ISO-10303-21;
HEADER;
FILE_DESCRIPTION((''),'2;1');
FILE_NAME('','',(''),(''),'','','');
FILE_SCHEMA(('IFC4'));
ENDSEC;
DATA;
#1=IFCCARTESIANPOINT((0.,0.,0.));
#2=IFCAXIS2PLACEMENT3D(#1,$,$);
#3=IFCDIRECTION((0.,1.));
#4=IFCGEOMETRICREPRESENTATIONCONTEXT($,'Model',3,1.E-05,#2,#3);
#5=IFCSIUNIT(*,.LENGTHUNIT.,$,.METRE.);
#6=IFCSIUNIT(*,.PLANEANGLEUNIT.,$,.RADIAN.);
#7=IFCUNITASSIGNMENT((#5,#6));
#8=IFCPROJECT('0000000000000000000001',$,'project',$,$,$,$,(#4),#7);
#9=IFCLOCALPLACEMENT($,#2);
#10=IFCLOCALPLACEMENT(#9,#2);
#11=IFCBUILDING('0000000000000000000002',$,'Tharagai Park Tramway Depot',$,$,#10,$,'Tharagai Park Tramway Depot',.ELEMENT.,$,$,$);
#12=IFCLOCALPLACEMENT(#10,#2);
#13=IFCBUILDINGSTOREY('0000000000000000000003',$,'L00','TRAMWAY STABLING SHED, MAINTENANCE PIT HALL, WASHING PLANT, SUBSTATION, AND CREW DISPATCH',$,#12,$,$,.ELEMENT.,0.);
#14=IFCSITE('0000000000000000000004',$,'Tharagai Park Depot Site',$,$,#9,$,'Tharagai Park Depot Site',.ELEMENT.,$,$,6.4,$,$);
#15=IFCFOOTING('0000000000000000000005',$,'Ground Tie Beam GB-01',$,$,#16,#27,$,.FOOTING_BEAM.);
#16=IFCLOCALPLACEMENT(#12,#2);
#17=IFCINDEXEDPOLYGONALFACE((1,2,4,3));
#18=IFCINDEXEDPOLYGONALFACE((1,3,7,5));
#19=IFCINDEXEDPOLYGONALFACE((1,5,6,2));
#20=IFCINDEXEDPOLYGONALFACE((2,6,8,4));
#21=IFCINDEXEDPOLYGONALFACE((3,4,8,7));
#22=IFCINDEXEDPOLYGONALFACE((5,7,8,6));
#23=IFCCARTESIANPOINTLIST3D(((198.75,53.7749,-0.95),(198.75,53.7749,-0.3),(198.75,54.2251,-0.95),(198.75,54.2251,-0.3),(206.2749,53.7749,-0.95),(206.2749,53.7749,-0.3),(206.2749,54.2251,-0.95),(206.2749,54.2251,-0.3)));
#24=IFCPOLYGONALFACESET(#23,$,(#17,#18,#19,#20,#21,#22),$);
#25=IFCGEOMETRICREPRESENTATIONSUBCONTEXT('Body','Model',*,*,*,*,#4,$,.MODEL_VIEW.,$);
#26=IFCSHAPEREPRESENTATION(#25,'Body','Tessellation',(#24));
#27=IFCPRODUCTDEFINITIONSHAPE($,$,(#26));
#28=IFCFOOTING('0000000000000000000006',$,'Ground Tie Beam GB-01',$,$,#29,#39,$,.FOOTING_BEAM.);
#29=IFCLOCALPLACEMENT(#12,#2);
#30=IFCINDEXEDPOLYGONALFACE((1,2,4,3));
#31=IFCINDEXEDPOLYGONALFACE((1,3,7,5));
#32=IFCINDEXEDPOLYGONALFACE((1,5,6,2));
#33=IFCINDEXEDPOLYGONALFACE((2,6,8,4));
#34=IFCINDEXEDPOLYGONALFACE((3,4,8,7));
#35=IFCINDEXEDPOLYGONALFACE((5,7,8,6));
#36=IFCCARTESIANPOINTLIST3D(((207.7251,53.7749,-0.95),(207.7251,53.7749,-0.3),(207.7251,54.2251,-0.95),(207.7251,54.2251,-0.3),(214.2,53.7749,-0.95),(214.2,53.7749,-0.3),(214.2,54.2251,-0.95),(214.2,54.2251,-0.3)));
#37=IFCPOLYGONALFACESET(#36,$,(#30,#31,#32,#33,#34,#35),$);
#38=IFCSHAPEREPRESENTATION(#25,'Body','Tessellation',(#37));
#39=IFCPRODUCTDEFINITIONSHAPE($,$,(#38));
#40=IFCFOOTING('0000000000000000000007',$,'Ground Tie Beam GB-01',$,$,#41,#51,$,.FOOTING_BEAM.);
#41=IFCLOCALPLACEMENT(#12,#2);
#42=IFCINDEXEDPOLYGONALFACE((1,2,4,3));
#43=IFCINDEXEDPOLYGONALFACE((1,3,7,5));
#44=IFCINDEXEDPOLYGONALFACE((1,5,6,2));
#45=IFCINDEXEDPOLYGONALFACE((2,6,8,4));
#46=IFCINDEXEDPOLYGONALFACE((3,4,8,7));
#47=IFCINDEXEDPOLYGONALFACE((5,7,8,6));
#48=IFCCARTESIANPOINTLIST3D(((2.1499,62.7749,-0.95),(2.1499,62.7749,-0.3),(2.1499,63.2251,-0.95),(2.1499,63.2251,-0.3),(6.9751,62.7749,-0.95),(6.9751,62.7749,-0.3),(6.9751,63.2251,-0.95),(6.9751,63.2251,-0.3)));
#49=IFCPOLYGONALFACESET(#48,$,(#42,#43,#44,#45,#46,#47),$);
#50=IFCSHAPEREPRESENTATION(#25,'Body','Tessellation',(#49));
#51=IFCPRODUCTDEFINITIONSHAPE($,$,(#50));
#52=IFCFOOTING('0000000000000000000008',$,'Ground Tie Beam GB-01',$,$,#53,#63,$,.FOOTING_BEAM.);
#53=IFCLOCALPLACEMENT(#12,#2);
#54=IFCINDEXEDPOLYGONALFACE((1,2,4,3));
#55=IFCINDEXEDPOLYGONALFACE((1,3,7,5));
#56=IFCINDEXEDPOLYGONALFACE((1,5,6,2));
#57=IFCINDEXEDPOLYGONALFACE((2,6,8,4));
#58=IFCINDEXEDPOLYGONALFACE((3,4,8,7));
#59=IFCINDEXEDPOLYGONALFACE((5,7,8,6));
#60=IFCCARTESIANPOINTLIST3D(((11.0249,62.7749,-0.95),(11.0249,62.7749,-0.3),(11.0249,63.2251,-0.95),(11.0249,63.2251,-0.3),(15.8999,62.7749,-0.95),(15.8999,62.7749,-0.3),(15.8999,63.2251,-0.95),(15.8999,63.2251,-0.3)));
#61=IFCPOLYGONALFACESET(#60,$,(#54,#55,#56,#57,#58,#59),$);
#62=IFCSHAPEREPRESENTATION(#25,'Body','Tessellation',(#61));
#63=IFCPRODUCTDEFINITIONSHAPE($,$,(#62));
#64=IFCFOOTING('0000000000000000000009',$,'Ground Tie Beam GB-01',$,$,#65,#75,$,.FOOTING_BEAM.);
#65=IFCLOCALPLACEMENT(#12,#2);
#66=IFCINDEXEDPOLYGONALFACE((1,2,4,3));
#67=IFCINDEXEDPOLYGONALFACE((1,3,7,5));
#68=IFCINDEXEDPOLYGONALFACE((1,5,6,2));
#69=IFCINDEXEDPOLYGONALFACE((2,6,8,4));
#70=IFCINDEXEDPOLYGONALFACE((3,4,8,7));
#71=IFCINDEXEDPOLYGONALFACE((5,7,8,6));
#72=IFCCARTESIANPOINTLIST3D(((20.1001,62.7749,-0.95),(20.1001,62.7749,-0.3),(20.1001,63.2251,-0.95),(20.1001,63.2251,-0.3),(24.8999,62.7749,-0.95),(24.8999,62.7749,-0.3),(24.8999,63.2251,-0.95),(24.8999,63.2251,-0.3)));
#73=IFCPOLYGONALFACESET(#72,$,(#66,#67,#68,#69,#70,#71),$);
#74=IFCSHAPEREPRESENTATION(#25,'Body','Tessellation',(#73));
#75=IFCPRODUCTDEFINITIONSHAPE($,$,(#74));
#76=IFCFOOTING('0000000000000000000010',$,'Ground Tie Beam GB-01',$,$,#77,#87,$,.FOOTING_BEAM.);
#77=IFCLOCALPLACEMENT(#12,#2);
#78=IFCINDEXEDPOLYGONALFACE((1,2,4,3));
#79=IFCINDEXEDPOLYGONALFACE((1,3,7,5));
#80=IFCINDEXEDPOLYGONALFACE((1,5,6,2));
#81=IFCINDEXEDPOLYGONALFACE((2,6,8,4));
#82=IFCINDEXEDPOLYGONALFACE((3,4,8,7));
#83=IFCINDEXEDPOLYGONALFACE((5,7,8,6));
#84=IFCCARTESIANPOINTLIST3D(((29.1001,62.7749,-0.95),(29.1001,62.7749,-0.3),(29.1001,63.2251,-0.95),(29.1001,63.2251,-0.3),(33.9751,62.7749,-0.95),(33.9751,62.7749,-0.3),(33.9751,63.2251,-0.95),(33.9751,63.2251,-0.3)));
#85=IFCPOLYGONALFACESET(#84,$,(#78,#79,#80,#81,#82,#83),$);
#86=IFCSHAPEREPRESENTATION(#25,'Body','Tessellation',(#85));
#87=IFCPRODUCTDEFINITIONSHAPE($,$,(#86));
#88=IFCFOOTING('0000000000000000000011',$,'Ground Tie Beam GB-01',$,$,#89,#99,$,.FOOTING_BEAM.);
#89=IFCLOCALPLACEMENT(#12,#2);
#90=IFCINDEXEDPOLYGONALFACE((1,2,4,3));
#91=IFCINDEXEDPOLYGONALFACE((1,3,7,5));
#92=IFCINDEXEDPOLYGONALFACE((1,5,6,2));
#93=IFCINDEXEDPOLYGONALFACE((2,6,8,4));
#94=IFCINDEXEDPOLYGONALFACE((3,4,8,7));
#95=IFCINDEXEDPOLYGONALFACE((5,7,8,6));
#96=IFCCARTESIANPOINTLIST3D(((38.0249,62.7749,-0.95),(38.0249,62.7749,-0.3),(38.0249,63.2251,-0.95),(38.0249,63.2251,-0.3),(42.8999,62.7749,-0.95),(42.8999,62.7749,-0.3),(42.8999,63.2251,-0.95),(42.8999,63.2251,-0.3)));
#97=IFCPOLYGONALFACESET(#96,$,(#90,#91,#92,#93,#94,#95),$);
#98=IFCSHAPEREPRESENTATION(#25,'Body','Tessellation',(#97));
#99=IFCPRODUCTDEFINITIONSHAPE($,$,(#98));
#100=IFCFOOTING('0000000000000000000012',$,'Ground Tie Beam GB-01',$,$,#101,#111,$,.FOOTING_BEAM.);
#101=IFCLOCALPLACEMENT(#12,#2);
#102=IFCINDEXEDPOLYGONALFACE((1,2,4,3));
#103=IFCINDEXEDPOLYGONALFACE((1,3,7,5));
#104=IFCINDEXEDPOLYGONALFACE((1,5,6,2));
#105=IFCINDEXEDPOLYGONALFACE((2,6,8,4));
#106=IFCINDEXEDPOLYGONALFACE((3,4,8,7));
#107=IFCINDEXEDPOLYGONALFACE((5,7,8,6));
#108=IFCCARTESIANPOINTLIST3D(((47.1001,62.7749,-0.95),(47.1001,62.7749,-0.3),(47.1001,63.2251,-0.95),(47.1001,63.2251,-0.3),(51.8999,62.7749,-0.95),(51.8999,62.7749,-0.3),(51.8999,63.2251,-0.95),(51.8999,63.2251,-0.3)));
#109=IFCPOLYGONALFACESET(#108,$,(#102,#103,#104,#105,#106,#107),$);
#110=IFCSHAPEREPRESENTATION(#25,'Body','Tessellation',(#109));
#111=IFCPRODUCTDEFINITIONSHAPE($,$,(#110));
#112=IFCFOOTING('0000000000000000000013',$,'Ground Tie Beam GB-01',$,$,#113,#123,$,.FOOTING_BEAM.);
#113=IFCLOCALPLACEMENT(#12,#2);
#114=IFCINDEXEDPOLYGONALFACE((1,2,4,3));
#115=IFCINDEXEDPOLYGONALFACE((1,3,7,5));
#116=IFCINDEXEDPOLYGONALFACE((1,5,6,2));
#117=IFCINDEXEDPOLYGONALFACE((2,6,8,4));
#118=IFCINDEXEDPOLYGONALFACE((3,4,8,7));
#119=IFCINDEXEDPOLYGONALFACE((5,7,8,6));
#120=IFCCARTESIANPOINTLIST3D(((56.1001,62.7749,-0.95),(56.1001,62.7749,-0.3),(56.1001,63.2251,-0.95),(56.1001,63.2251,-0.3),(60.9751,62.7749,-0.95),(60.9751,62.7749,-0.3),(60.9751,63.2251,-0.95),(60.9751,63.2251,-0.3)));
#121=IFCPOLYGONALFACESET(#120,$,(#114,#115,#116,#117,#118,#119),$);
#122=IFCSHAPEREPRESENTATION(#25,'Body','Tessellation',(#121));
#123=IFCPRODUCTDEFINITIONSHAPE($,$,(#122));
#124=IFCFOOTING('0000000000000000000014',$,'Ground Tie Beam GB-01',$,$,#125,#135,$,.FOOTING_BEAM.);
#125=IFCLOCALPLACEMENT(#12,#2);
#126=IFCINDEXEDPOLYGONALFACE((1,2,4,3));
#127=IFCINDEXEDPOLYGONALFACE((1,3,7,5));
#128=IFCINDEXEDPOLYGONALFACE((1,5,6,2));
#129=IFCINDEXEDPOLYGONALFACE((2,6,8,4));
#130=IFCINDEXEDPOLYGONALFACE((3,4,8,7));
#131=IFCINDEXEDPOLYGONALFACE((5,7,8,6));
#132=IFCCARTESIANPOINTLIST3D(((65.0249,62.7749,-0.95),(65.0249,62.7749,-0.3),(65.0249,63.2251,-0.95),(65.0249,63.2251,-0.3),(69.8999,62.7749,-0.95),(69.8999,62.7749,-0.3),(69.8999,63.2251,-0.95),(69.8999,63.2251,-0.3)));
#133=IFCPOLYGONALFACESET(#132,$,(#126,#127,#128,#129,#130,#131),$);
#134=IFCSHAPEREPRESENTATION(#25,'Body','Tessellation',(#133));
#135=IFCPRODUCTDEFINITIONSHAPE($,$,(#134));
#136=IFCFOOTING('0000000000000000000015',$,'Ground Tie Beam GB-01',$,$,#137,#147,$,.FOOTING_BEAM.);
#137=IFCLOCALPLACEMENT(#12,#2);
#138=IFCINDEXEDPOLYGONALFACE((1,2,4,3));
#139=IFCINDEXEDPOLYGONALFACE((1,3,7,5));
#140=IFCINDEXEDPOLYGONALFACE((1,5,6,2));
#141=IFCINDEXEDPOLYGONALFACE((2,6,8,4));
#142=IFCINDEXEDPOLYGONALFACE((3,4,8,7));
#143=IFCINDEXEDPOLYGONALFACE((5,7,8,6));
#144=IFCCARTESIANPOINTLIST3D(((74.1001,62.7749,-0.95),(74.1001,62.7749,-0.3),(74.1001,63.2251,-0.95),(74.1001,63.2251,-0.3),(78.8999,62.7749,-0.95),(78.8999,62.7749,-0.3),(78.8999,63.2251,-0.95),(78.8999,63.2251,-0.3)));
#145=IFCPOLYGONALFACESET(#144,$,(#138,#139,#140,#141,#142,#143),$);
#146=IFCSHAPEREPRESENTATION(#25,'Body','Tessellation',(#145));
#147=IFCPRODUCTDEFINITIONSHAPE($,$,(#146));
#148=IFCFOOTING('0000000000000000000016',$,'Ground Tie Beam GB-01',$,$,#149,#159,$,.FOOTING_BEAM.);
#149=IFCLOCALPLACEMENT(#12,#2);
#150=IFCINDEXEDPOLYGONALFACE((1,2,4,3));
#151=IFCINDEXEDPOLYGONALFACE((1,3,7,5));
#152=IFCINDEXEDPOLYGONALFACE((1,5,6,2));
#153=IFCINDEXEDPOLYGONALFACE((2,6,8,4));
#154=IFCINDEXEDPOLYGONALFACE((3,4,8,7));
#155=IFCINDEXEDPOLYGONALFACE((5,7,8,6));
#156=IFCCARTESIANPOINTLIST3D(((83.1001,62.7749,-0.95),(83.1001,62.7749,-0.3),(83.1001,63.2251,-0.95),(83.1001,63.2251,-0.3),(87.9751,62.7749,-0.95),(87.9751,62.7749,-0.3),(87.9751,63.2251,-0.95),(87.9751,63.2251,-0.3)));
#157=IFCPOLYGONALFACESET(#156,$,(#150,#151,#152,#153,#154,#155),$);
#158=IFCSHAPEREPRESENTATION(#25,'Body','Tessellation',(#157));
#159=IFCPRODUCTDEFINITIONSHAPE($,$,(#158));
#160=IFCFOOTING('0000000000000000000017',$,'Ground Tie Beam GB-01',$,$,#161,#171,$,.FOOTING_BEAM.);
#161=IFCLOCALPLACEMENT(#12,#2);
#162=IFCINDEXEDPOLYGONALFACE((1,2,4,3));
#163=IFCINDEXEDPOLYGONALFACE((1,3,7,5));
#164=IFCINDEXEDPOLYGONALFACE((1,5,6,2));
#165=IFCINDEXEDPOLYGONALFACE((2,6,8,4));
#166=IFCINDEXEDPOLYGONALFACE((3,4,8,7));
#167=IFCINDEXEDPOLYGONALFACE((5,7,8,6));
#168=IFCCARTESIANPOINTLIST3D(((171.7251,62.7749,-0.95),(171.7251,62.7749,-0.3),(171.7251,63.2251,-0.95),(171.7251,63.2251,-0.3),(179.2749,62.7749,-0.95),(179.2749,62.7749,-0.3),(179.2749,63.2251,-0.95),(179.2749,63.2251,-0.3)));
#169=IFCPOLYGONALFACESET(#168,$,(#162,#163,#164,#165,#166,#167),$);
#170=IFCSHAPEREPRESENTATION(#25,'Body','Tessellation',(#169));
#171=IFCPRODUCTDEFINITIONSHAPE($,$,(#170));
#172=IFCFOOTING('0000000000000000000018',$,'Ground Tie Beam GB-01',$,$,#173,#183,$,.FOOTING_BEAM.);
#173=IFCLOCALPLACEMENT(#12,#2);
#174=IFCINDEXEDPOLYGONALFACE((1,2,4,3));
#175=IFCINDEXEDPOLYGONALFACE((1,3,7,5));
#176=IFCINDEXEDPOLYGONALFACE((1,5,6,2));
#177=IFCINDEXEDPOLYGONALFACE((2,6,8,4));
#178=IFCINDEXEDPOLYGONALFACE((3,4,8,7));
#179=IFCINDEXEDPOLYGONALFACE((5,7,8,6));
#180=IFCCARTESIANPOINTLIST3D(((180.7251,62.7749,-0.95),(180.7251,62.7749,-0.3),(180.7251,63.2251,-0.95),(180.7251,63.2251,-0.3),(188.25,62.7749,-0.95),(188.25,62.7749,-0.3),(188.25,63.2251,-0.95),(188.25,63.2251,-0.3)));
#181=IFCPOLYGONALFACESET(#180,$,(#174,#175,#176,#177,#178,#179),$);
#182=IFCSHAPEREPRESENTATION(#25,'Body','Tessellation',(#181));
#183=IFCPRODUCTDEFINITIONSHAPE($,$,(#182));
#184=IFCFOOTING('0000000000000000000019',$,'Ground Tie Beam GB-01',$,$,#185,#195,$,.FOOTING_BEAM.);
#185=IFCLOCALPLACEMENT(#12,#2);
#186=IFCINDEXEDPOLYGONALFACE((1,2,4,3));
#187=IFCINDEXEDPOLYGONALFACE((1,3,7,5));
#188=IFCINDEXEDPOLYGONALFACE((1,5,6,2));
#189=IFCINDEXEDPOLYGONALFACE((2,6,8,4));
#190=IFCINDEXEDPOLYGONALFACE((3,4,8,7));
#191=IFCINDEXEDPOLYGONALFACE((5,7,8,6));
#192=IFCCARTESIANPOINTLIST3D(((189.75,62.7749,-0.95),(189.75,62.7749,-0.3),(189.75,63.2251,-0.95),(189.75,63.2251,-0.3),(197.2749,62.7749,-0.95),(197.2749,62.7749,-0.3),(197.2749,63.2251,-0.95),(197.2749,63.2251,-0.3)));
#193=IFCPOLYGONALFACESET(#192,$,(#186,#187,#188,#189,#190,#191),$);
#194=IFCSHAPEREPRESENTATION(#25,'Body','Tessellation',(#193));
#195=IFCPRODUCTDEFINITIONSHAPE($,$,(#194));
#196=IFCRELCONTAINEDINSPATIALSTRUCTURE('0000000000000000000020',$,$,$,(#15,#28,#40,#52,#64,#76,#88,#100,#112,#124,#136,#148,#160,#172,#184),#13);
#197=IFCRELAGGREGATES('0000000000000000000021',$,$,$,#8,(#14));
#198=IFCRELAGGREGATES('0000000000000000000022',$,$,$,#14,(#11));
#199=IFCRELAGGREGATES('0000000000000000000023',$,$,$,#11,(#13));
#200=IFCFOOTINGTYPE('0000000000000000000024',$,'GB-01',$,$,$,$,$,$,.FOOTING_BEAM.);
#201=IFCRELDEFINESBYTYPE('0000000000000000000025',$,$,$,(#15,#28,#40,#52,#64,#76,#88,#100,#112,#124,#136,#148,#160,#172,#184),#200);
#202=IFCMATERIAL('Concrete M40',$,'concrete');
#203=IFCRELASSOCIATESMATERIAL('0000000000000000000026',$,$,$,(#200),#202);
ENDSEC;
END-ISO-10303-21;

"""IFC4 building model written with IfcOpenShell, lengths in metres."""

from ifc_helpers import new_model, si_unit, direction, frame, origin, place, context, subcontext, project, spatial, polyline, outline, extrude, material, type_object, element, save


model = new_model("IFC4")

# Units and contexts
model_context = context("Model", 3, precision=1e-05, world=origin(), true_north=direction((0.0, 1.0)))
body_context = subcontext(model_context, "Body", "Model", "MODEL_VIEW")
ifc_project = project(units=[si_unit("LENGTHUNIT", "METRE"), si_unit("PLANEANGLEUNIT", "RADIAN")], contexts=[model_context])

# Site, building, storey
site_placement = place(None, origin())
site = spatial("IfcSite", under=ifc_project, at=site_placement, Name="Tharagai Park Depot Site", LongName="Tharagai Park Depot Site", CompositionType="ELEMENT", RefElevation=6.4)
building_placement = place(site_placement, origin())
building = spatial("IfcBuilding", under=site, at=building_placement, Name="Tharagai Park Tramway Depot", LongName="Tharagai Park Tramway Depot", CompositionType="ELEMENT")
storey_placement = place(building_placement, origin())
storey = spatial("IfcBuildingStorey", under=building, at=storey_placement, Name="L00", Description="TRAMWAY STABLING SHED, MAINTENANCE PIT HALL, WASHING PLANT, SUBSTATION, AND CREW DISPATCH", CompositionType="ELEMENT", Elevation=0.0)

# Footings
ifc_material = material(Name="Concrete M40", Category="concrete")
footing_type = type_object("IfcFootingType", Name="GB-01", PredefinedType="FOOTING_BEAM", material=ifc_material)
footing_1_placement = place(storey_placement, frame((0.0, 0.0, -0.95)))
element("IfcFooting", 1, at=footing_1_placement, inside=storey, type_object=footing_type, Name="Ground Tie Beam GB-01", PredefinedType="FOOTING_BEAM", context=body_context, shape_type="SweptSolid", body=[
    extrude(outline(polyline([(198.75, 53.7749), (206.2749, 53.7749), (206.2749, 54.2251), (198.75, 54.2251), (198.75, 53.7749)])), origin(), (0.0, 0.0, 1.0), 0.6499),
])
footing_2_placement = place(storey_placement, frame((0.0, 0.0, -0.95)))
element("IfcFooting", 2, at=footing_2_placement, inside=storey, type_object=footing_type, Name="Ground Tie Beam GB-01", PredefinedType="FOOTING_BEAM", context=body_context, shape_type="SweptSolid", body=[
    extrude(outline(polyline([(207.7251, 53.7749), (214.2, 53.7749), (214.2, 54.2251), (207.7251, 54.2251), (207.7251, 53.7749)])), origin(), (0.0, 0.0, 1.0), 0.6499),
])
footing_3_placement = place(storey_placement, frame((0.0, 0.0, -0.95)))
element("IfcFooting", 3, at=footing_3_placement, inside=storey, type_object=footing_type, Name="Ground Tie Beam GB-01", PredefinedType="FOOTING_BEAM", context=body_context, shape_type="SweptSolid", body=[
    extrude(outline(polyline([(2.1499, 62.7749), (6.9751, 62.7749), (6.9751, 63.2251), (2.1499, 63.2251), (2.1499, 62.7749)])), origin(), (0.0, 0.0, 1.0), 0.6499),
])
footing_4_placement = place(storey_placement, frame((0.0, 0.0, -0.95)))
element("IfcFooting", 4, at=footing_4_placement, inside=storey, type_object=footing_type, Name="Ground Tie Beam GB-01", PredefinedType="FOOTING_BEAM", context=body_context, shape_type="SweptSolid", body=[
    extrude(outline(polyline([(11.0249, 62.7749), (15.8999, 62.7749), (15.8999, 63.2251), (11.0249, 63.2251), (11.0249, 62.7749)])), origin(), (0.0, 0.0, 1.0), 0.6499),
])
footing_5_placement = place(storey_placement, frame((0.0, 0.0, -0.95)))
element("IfcFooting", 5, at=footing_5_placement, inside=storey, type_object=footing_type, Name="Ground Tie Beam GB-01", PredefinedType="FOOTING_BEAM", context=body_context, shape_type="SweptSolid", body=[
    extrude(outline(polyline([(20.1001, 62.7749), (24.8999, 62.7749), (24.8999, 63.2251), (20.1001, 63.2251), (20.1001, 62.7749)])), origin(), (0.0, 0.0, 1.0), 0.6499),
])
footing_6_placement = place(storey_placement, frame((0.0, 0.0, -0.95)))
element("IfcFooting", 6, at=footing_6_placement, inside=storey, type_object=footing_type, Name="Ground Tie Beam GB-01", PredefinedType="FOOTING_BEAM", context=body_context, shape_type="SweptSolid", body=[
    extrude(outline(polyline([(29.1001, 62.7749), (33.9751, 62.7749), (33.9751, 63.2251), (29.1001, 63.2251), (29.1001, 62.7749)])), origin(), (0.0, 0.0, 1.0), 0.6499),
])
footing_7_placement = place(storey_placement, frame((0.0, 0.0, -0.95)))
element("IfcFooting", 7, at=footing_7_placement, inside=storey, type_object=footing_type, Name="Ground Tie Beam GB-01", PredefinedType="FOOTING_BEAM", context=body_context, shape_type="SweptSolid", body=[
    extrude(outline(polyline([(38.0249, 62.7749), (42.8999, 62.7749), (42.8999, 63.2251), (38.0249, 63.2251), (38.0249, 62.7749)])), origin(), (0.0, 0.0, 1.0), 0.6499),
])
footing_8_placement = place(storey_placement, frame((0.0, 0.0, -0.95)))
element("IfcFooting", 8, at=footing_8_placement, inside=storey, type_object=footing_type, Name="Ground Tie Beam GB-01", PredefinedType="FOOTING_BEAM", context=body_context, shape_type="SweptSolid", body=[
    extrude(outline(polyline([(47.1001, 62.7749), (51.8999, 62.7749), (51.8999, 63.2251), (47.1001, 63.2251), (47.1001, 62.7749)])), origin(), (0.0, 0.0, 1.0), 0.6499),
])
footing_9_placement = place(storey_placement, frame((0.0, 0.0, -0.95)))
element("IfcFooting", 9, at=footing_9_placement, inside=storey, type_object=footing_type, Name="Ground Tie Beam GB-01", PredefinedType="FOOTING_BEAM", context=body_context, shape_type="SweptSolid", body=[
    extrude(outline(polyline([(56.1001, 62.7749), (60.9751, 62.7749), (60.9751, 63.2251), (56.1001, 63.2251), (56.1001, 62.7749)])), origin(), (0.0, 0.0, 1.0), 0.6499),
])
footing_10_placement = place(storey_placement, frame((0.0, 0.0, -0.95)))
element("IfcFooting", 10, at=footing_10_placement, inside=storey, type_object=footing_type, Name="Ground Tie Beam GB-01", PredefinedType="FOOTING_BEAM", context=body_context, shape_type="SweptSolid", body=[
    extrude(outline(polyline([(65.0249, 62.7749), (69.8999, 62.7749), (69.8999, 63.2251), (65.0249, 63.2251), (65.0249, 62.7749)])), origin(), (0.0, 0.0, 1.0), 0.6499),
])
footing_11_placement = place(storey_placement, frame((0.0, 0.0, -0.95)))
element("IfcFooting", 11, at=footing_11_placement, inside=storey, type_object=footing_type, Name="Ground Tie Beam GB-01", PredefinedType="FOOTING_BEAM", context=body_context, shape_type="SweptSolid", body=[
    extrude(outline(polyline([(74.1001, 62.7749), (78.8999, 62.7749), (78.8999, 63.2251), (74.1001, 63.2251), (74.1001, 62.7749)])), origin(), (0.0, 0.0, 1.0), 0.6499),
])
footing_12_placement = place(storey_placement, frame((0.0, 0.0, -0.95)))
element("IfcFooting", 12, at=footing_12_placement, inside=storey, type_object=footing_type, Name="Ground Tie Beam GB-01", PredefinedType="FOOTING_BEAM", context=body_context, shape_type="SweptSolid", body=[
    extrude(outline(polyline([(83.1001, 62.7749), (87.9751, 62.7749), (87.9751, 63.2251), (83.1001, 63.2251), (83.1001, 62.7749)])), origin(), (0.0, 0.0, 1.0), 0.6499),
])
footing_13_placement = place(storey_placement, frame((0.0, 0.0, -0.95)))
element("IfcFooting", 13, at=footing_13_placement, inside=storey, type_object=footing_type, Name="Ground Tie Beam GB-01", PredefinedType="FOOTING_BEAM", context=body_context, shape_type="SweptSolid", body=[
    extrude(outline(polyline([(171.7251, 62.7749), (179.2749, 62.7749), (179.2749, 63.2251), (171.7251, 63.2251), (171.7251, 62.7749)])), origin(), (0.0, 0.0, 1.0), 0.6499),
])
footing_14_placement = place(storey_placement, frame((0.0, 0.0, -0.95)))
element("IfcFooting", 14, at=footing_14_placement, inside=storey, type_object=footing_type, Name="Ground Tie Beam GB-01", PredefinedType="FOOTING_BEAM", context=body_context, shape_type="SweptSolid", body=[
    extrude(outline(polyline([(180.7251, 62.7749), (188.25, 62.7749), (188.25, 63.2251), (180.7251, 63.2251), (180.7251, 62.7749)])), origin(), (0.0, 0.0, 1.0), 0.6499),
])
footing_15_placement = place(storey_placement, frame((0.0, 0.0, -0.95)))
element("IfcFooting", 15, at=footing_15_placement, inside=storey, type_object=footing_type, Name="Ground Tie Beam GB-01", PredefinedType="FOOTING_BEAM", context=body_context, shape_type="SweptSolid", body=[
    extrude(outline(polyline([(189.75, 62.7749), (197.2749, 62.7749), (197.2749, 63.2251), (189.75, 63.2251), (189.75, 62.7749)])), origin(), (0.0, 0.0, 1.0), 0.6499),
])

save(model, "model.ifc")
